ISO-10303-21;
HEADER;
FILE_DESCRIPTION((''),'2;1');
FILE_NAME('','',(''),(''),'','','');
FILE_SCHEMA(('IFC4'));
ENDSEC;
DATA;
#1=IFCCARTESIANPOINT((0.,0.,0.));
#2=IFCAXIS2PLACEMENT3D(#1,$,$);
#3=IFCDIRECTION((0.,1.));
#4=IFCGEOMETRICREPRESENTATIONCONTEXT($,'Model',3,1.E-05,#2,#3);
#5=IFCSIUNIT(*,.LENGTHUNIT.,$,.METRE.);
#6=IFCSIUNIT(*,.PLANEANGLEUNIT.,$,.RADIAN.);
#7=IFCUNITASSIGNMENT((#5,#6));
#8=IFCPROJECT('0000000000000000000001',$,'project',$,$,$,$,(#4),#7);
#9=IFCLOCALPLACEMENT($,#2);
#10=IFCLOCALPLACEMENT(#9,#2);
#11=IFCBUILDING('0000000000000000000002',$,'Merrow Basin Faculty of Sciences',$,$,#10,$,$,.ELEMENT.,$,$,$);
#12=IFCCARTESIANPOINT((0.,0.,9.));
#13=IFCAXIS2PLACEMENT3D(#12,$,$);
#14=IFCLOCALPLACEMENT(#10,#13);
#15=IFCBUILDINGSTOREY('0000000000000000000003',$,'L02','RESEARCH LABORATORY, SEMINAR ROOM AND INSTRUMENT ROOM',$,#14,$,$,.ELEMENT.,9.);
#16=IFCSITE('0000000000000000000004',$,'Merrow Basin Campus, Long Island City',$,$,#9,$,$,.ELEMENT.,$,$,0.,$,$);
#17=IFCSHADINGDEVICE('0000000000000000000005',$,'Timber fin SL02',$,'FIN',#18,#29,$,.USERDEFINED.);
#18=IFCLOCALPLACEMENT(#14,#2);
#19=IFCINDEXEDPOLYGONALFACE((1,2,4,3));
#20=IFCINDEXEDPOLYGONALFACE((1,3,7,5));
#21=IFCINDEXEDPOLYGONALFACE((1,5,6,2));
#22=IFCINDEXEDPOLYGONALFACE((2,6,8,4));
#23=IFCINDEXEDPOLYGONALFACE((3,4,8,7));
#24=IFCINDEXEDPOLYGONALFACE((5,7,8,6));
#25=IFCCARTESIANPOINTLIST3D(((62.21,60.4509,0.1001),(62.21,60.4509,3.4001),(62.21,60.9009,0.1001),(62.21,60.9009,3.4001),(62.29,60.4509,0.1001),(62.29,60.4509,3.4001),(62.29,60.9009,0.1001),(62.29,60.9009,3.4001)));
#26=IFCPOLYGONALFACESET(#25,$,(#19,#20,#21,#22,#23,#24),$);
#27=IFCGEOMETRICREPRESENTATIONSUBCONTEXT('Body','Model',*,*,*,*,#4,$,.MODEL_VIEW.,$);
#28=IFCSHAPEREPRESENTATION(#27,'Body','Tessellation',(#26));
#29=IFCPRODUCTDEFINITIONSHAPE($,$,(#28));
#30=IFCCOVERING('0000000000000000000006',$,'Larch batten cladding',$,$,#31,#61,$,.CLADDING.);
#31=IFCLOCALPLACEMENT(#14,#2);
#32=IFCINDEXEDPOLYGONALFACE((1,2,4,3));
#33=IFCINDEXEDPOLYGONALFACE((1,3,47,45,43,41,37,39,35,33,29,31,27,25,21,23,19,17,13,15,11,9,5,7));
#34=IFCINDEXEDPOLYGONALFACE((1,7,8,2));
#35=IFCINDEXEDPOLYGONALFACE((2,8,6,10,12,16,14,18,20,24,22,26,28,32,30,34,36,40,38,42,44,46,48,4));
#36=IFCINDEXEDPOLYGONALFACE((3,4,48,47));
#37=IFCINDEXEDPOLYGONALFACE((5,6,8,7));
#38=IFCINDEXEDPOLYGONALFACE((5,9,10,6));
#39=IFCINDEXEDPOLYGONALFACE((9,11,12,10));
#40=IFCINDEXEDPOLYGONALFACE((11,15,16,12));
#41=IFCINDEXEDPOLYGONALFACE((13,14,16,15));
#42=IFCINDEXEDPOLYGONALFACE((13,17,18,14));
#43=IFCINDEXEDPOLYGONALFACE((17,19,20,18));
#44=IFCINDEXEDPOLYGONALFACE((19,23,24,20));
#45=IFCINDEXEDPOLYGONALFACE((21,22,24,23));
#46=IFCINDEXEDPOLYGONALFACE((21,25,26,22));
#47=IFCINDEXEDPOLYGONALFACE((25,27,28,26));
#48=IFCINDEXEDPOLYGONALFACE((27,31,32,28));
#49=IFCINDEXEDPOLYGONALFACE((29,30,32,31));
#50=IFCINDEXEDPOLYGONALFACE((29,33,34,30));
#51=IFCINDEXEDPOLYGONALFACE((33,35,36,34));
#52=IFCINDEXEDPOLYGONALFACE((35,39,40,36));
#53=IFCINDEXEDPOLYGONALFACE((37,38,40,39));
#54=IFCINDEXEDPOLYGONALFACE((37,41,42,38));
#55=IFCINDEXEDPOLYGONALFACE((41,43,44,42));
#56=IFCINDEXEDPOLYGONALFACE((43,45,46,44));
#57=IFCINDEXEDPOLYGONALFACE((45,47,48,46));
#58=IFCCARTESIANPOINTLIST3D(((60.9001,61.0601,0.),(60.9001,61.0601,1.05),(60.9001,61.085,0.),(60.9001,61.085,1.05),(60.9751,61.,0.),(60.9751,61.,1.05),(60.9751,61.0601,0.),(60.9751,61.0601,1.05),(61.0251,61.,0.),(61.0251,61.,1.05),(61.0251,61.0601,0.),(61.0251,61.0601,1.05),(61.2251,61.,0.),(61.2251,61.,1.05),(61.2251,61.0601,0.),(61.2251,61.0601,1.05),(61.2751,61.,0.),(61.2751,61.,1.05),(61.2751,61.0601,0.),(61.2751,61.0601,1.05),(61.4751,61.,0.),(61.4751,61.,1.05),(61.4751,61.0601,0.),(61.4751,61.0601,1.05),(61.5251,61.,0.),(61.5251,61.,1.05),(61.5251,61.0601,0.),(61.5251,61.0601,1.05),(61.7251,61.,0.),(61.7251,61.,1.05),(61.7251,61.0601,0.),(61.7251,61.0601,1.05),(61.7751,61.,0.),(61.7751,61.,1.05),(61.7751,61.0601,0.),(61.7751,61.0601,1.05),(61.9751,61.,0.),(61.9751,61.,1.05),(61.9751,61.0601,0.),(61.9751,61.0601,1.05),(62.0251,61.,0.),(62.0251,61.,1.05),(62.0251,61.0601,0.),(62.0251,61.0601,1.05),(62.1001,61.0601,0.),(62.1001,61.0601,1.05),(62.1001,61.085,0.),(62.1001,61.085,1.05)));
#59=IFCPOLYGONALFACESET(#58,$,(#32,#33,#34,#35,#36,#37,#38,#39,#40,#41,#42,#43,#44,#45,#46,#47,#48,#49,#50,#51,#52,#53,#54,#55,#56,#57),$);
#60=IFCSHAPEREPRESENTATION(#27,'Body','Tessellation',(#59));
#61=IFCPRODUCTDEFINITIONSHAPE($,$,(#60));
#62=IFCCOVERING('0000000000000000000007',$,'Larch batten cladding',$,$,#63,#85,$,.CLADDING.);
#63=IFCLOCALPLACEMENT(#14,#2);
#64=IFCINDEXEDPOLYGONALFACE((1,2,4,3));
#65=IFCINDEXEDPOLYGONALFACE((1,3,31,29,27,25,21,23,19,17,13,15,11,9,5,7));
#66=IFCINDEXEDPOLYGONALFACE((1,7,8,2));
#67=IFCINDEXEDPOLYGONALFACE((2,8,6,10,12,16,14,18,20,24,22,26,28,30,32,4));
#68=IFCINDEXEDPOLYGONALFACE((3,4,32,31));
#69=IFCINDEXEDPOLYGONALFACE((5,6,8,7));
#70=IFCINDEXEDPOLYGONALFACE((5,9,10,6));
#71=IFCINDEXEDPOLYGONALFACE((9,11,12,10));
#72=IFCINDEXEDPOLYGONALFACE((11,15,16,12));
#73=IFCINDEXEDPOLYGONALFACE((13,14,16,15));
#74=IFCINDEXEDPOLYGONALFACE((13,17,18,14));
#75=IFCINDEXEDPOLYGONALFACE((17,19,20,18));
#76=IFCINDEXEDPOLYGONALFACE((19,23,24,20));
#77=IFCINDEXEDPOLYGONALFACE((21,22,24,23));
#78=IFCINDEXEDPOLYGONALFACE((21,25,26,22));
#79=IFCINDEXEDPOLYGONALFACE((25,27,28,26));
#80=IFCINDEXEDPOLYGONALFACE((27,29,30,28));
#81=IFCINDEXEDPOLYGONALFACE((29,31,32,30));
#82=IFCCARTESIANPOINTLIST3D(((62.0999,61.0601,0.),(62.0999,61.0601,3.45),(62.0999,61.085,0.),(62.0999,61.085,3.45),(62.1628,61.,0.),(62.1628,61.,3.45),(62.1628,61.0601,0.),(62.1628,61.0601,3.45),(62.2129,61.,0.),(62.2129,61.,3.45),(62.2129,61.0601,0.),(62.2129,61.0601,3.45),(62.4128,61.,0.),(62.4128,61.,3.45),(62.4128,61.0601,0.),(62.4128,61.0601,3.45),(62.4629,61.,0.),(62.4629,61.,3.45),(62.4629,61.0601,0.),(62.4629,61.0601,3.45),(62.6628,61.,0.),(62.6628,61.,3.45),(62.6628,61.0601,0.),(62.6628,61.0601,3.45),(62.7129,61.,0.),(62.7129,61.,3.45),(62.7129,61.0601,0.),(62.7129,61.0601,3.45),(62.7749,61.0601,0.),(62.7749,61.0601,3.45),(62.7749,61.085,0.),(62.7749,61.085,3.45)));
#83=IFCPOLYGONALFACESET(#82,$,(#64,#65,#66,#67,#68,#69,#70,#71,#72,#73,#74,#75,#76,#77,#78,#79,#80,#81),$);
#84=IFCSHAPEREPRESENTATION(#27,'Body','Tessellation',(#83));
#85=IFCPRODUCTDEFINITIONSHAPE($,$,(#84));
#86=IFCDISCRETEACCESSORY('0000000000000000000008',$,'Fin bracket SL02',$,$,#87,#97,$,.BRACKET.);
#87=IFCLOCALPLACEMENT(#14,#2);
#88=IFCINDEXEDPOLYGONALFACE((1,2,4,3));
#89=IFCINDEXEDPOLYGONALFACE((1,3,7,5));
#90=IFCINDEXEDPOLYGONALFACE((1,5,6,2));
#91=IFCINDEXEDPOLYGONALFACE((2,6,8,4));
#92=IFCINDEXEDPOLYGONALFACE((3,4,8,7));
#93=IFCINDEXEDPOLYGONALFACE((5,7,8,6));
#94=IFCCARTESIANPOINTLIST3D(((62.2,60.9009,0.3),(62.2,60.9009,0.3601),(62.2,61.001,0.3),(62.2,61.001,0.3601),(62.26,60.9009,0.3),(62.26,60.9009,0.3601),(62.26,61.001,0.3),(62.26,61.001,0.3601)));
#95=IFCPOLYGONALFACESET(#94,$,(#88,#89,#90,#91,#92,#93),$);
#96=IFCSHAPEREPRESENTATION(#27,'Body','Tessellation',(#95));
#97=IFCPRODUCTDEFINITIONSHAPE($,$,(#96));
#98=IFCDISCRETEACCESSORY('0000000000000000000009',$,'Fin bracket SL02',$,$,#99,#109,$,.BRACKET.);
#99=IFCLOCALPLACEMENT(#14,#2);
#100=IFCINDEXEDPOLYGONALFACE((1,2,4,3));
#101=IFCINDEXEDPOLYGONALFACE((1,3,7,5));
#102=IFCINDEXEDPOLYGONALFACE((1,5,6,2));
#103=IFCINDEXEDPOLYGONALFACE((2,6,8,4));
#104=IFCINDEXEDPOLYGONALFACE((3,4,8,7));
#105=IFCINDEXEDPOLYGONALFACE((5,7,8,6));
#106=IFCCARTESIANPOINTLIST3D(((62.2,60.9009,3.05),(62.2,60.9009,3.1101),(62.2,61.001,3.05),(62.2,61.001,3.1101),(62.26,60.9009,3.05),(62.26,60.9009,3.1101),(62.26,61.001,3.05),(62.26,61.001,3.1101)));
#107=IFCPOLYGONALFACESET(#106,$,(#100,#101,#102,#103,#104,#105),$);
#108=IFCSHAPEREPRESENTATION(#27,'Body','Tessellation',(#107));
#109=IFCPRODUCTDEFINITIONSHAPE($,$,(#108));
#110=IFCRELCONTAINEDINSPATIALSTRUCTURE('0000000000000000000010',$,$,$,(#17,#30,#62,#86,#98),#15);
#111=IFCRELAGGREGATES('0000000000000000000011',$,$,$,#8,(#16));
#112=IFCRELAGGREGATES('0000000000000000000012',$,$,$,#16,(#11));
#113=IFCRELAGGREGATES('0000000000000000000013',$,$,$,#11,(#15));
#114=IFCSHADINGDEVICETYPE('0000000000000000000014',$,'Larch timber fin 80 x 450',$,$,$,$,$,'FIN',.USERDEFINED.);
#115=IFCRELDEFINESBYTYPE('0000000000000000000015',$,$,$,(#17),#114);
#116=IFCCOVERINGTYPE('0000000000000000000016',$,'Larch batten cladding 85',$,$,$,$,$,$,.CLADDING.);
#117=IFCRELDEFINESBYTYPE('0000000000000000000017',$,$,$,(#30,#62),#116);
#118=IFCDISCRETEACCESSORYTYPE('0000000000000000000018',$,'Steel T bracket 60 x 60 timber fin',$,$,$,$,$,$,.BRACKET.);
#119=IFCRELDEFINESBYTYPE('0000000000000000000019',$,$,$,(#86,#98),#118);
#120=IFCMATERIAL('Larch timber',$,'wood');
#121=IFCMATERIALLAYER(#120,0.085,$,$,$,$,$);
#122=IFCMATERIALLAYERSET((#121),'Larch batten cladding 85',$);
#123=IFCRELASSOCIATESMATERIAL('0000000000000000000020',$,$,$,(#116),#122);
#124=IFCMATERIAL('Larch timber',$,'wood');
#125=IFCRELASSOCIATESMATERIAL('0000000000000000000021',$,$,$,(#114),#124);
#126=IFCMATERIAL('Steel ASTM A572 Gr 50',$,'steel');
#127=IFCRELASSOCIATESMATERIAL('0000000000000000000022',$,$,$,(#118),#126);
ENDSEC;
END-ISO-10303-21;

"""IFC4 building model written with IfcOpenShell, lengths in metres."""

from ifc_helpers import new_model, si_unit, direction, frame, origin, place, context, subcontext, project, spatial, polyline, outline, extrude, source, transform, mapped, material, layer, layer_set, type_object, element, save


model = new_model("IFC4")

# Units and contexts
model_context = context("Model", 3, precision=1e-05, world=origin(), true_north=direction((0.0, 1.0)))
body_context = subcontext(model_context, "Body", "Model", "MODEL_VIEW")
ifc_project = project(units=[si_unit("LENGTHUNIT", "METRE"), si_unit("PLANEANGLEUNIT", "RADIAN")], contexts=[model_context])

# Site, building, storey
site_placement = place(None, origin())
site = spatial("IfcSite", under=ifc_project, at=site_placement, Name="Merrow Basin Campus, Long Island City", CompositionType="ELEMENT", RefElevation=0.0)
building_placement = place(site_placement, origin())
building = spatial("IfcBuilding", under=site, at=building_placement, Name="Merrow Basin Faculty of Sciences", CompositionType="ELEMENT")
storey_placement = place(building_placement, frame((0.0, 0.0, 9.0)))
storey = spatial("IfcBuildingStorey", under=building, at=storey_placement, Name="L02", Description="RESEARCH LABORATORY, SEMINAR ROOM AND INSTRUMENT ROOM", CompositionType="ELEMENT", Elevation=9.0)

# Shared definitions
ifc_material_1 = material(Name="Larch timber", Category="wood")
ifc_layer_1 = layer(ifc_material_1, 0.085)
ifc_layer_set_1 = layer_set([ifc_layer_1], Name="Larch batten cladding 85")
covering_type = type_object("IfcCoveringType", Name="Larch batten cladding 85", PredefinedType="CLADDING", material=ifc_layer_set_1)

# Shading device
ifc_material_2 = material(Name="Larch timber", Category="wood")
shading_device_type = type_object("IfcShadingDeviceType", Name="Larch timber fin 80 x 450", ElementType="FIN", PredefinedType="USERDEFINED", material=ifc_material_2)
shared_shape_1 = source(origin(), body_context, "Body", "SweptSolid", [
    extrude(outline(polyline([(0.0, 0.0), (0.0801, 0.0), (0.0801, 3.3), (0.0, 3.3), (0.0, 0.0)])), origin(), (0.0, 0.0, 1.0), 0.45),
])
shading_device_placement = place(storey_placement, frame((62.21, 60.9009, 0.1001), z_axis=(0.0, -1.0, 0.0), x_axis=(1.0, 0.0, 0.0)))
element("IfcShadingDevice", 1, at=shading_device_placement, inside=storey, type_object=shading_device_type, Name="Timber fin SL02", ObjectType="FIN", PredefinedType="USERDEFINED", context=body_context, shape_type="MappedRepresentation", body=[
    mapped(shared_shape_1, transform((0.0, 0.0, 0.0), scale=1.0)),
])

# Coverings
shared_shape_2 = source(origin(), body_context, "Body", "SweptSolid", [
    extrude(outline(polyline([(0.0, 0.0), (1.2, 0.0), (1.2, 0.0249), (1.125, 0.0249), (1.125, 0.085), (1.075, 0.085), (1.075, 0.0249), (0.875, 0.0249), (0.875, 0.085), (0.825, 0.085), (0.825, 0.0249), (0.625, 0.0249), (0.625, 0.085), (0.575, 0.085), (0.575, 0.0249), (0.375, 0.0249), (0.375, 0.085), (0.325, 0.085), (0.325, 0.0249), (0.125, 0.0249), (0.125, 0.085), (0.075, 0.085), (0.075, 0.0249), (0.0, 0.0249), (0.0, 0.0)])), origin(), (0.0, 0.0, 1.0), 1.05),
])
covering_1_placement = place(storey_placement, frame((62.1001, 61.085, 0.0), z_axis=(0.0, 0.0, 1.0), x_axis=(-1.0, 0.0, 0.0)))
element("IfcCovering", 2, at=covering_1_placement, inside=storey, type_object=covering_type, Name="Larch batten cladding", PredefinedType="CLADDING", context=body_context, shape_type="MappedRepresentation", body=[
    mapped(shared_shape_2, transform((0.0, 0.0, 0.0), scale=1.0)),
])
shared_shape_3 = source(origin(), body_context, "Body", "SweptSolid", [
    extrude(outline(polyline([(0.0, 0.0), (0.675, 0.0), (0.675, 0.0249), (0.6121, 0.0249), (0.6121, 0.085), (0.562, 0.085), (0.562, 0.0249), (0.3621, 0.0249), (0.3621, 0.085), (0.312, 0.085), (0.312, 0.0249), (0.1121, 0.0249), (0.1121, 0.085), (0.062, 0.085), (0.062, 0.0249), (0.0, 0.0249), (0.0, 0.0)])), origin(), (0.0, 0.0, 1.0), 3.45),
])
covering_2_placement = place(storey_placement, frame((62.7749, 61.085, 0.0), z_axis=(0.0, 0.0, 1.0), x_axis=(-1.0, 0.0, 0.0)))
element("IfcCovering", 3, at=covering_2_placement, inside=storey, type_object=covering_type, Name="Larch batten cladding", PredefinedType="CLADDING", context=body_context, shape_type="MappedRepresentation", body=[
    mapped(shared_shape_3, transform((0.0, 0.0, 0.0), scale=1.0)),
])

# Discrete accessories
ifc_material_3 = material(Name="Steel ASTM A572 Gr 50", Category="steel")
discrete_accessory_type = type_object("IfcDiscreteAccessoryType", Name="Steel T bracket 60 x 60 timber fin", PredefinedType="BRACKET", material=ifc_material_3)
shared_shape_4 = source(origin(), body_context, "Body", "SweptSolid", [
    extrude(outline(polyline([(0.0, 0.0), (0.0601, 0.0), (0.0601, 0.0601), (0.0, 0.0601), (0.0, 0.0)])), origin(), (0.0, 0.0, 1.0), 0.1001),
])
for number, where, z_axis, x_axis, name in (
    (4, (62.2, 61.001, 0.3), (0.0, -1.0, 0.0), (1.0, 0.0, 0.0), "Fin bracket SL02"),
    (5, (62.2, 61.001, 3.05), (0.0, -1.0, 0.0), (1.0, 0.0, 0.0), "Fin bracket SL02"),
):
    element("IfcDiscreteAccessory", number, at=place(storey_placement, frame(where, z_axis=z_axis, x_axis=x_axis)), inside=storey, type_object=discrete_accessory_type, Name=name, PredefinedType="BRACKET", context=body_context, shape_type="MappedRepresentation", body=[
        mapped(shared_shape_4, transform((0.0, 0.0, 0.0), scale=1.0)),
    ])

save(model, "model.ifc")
